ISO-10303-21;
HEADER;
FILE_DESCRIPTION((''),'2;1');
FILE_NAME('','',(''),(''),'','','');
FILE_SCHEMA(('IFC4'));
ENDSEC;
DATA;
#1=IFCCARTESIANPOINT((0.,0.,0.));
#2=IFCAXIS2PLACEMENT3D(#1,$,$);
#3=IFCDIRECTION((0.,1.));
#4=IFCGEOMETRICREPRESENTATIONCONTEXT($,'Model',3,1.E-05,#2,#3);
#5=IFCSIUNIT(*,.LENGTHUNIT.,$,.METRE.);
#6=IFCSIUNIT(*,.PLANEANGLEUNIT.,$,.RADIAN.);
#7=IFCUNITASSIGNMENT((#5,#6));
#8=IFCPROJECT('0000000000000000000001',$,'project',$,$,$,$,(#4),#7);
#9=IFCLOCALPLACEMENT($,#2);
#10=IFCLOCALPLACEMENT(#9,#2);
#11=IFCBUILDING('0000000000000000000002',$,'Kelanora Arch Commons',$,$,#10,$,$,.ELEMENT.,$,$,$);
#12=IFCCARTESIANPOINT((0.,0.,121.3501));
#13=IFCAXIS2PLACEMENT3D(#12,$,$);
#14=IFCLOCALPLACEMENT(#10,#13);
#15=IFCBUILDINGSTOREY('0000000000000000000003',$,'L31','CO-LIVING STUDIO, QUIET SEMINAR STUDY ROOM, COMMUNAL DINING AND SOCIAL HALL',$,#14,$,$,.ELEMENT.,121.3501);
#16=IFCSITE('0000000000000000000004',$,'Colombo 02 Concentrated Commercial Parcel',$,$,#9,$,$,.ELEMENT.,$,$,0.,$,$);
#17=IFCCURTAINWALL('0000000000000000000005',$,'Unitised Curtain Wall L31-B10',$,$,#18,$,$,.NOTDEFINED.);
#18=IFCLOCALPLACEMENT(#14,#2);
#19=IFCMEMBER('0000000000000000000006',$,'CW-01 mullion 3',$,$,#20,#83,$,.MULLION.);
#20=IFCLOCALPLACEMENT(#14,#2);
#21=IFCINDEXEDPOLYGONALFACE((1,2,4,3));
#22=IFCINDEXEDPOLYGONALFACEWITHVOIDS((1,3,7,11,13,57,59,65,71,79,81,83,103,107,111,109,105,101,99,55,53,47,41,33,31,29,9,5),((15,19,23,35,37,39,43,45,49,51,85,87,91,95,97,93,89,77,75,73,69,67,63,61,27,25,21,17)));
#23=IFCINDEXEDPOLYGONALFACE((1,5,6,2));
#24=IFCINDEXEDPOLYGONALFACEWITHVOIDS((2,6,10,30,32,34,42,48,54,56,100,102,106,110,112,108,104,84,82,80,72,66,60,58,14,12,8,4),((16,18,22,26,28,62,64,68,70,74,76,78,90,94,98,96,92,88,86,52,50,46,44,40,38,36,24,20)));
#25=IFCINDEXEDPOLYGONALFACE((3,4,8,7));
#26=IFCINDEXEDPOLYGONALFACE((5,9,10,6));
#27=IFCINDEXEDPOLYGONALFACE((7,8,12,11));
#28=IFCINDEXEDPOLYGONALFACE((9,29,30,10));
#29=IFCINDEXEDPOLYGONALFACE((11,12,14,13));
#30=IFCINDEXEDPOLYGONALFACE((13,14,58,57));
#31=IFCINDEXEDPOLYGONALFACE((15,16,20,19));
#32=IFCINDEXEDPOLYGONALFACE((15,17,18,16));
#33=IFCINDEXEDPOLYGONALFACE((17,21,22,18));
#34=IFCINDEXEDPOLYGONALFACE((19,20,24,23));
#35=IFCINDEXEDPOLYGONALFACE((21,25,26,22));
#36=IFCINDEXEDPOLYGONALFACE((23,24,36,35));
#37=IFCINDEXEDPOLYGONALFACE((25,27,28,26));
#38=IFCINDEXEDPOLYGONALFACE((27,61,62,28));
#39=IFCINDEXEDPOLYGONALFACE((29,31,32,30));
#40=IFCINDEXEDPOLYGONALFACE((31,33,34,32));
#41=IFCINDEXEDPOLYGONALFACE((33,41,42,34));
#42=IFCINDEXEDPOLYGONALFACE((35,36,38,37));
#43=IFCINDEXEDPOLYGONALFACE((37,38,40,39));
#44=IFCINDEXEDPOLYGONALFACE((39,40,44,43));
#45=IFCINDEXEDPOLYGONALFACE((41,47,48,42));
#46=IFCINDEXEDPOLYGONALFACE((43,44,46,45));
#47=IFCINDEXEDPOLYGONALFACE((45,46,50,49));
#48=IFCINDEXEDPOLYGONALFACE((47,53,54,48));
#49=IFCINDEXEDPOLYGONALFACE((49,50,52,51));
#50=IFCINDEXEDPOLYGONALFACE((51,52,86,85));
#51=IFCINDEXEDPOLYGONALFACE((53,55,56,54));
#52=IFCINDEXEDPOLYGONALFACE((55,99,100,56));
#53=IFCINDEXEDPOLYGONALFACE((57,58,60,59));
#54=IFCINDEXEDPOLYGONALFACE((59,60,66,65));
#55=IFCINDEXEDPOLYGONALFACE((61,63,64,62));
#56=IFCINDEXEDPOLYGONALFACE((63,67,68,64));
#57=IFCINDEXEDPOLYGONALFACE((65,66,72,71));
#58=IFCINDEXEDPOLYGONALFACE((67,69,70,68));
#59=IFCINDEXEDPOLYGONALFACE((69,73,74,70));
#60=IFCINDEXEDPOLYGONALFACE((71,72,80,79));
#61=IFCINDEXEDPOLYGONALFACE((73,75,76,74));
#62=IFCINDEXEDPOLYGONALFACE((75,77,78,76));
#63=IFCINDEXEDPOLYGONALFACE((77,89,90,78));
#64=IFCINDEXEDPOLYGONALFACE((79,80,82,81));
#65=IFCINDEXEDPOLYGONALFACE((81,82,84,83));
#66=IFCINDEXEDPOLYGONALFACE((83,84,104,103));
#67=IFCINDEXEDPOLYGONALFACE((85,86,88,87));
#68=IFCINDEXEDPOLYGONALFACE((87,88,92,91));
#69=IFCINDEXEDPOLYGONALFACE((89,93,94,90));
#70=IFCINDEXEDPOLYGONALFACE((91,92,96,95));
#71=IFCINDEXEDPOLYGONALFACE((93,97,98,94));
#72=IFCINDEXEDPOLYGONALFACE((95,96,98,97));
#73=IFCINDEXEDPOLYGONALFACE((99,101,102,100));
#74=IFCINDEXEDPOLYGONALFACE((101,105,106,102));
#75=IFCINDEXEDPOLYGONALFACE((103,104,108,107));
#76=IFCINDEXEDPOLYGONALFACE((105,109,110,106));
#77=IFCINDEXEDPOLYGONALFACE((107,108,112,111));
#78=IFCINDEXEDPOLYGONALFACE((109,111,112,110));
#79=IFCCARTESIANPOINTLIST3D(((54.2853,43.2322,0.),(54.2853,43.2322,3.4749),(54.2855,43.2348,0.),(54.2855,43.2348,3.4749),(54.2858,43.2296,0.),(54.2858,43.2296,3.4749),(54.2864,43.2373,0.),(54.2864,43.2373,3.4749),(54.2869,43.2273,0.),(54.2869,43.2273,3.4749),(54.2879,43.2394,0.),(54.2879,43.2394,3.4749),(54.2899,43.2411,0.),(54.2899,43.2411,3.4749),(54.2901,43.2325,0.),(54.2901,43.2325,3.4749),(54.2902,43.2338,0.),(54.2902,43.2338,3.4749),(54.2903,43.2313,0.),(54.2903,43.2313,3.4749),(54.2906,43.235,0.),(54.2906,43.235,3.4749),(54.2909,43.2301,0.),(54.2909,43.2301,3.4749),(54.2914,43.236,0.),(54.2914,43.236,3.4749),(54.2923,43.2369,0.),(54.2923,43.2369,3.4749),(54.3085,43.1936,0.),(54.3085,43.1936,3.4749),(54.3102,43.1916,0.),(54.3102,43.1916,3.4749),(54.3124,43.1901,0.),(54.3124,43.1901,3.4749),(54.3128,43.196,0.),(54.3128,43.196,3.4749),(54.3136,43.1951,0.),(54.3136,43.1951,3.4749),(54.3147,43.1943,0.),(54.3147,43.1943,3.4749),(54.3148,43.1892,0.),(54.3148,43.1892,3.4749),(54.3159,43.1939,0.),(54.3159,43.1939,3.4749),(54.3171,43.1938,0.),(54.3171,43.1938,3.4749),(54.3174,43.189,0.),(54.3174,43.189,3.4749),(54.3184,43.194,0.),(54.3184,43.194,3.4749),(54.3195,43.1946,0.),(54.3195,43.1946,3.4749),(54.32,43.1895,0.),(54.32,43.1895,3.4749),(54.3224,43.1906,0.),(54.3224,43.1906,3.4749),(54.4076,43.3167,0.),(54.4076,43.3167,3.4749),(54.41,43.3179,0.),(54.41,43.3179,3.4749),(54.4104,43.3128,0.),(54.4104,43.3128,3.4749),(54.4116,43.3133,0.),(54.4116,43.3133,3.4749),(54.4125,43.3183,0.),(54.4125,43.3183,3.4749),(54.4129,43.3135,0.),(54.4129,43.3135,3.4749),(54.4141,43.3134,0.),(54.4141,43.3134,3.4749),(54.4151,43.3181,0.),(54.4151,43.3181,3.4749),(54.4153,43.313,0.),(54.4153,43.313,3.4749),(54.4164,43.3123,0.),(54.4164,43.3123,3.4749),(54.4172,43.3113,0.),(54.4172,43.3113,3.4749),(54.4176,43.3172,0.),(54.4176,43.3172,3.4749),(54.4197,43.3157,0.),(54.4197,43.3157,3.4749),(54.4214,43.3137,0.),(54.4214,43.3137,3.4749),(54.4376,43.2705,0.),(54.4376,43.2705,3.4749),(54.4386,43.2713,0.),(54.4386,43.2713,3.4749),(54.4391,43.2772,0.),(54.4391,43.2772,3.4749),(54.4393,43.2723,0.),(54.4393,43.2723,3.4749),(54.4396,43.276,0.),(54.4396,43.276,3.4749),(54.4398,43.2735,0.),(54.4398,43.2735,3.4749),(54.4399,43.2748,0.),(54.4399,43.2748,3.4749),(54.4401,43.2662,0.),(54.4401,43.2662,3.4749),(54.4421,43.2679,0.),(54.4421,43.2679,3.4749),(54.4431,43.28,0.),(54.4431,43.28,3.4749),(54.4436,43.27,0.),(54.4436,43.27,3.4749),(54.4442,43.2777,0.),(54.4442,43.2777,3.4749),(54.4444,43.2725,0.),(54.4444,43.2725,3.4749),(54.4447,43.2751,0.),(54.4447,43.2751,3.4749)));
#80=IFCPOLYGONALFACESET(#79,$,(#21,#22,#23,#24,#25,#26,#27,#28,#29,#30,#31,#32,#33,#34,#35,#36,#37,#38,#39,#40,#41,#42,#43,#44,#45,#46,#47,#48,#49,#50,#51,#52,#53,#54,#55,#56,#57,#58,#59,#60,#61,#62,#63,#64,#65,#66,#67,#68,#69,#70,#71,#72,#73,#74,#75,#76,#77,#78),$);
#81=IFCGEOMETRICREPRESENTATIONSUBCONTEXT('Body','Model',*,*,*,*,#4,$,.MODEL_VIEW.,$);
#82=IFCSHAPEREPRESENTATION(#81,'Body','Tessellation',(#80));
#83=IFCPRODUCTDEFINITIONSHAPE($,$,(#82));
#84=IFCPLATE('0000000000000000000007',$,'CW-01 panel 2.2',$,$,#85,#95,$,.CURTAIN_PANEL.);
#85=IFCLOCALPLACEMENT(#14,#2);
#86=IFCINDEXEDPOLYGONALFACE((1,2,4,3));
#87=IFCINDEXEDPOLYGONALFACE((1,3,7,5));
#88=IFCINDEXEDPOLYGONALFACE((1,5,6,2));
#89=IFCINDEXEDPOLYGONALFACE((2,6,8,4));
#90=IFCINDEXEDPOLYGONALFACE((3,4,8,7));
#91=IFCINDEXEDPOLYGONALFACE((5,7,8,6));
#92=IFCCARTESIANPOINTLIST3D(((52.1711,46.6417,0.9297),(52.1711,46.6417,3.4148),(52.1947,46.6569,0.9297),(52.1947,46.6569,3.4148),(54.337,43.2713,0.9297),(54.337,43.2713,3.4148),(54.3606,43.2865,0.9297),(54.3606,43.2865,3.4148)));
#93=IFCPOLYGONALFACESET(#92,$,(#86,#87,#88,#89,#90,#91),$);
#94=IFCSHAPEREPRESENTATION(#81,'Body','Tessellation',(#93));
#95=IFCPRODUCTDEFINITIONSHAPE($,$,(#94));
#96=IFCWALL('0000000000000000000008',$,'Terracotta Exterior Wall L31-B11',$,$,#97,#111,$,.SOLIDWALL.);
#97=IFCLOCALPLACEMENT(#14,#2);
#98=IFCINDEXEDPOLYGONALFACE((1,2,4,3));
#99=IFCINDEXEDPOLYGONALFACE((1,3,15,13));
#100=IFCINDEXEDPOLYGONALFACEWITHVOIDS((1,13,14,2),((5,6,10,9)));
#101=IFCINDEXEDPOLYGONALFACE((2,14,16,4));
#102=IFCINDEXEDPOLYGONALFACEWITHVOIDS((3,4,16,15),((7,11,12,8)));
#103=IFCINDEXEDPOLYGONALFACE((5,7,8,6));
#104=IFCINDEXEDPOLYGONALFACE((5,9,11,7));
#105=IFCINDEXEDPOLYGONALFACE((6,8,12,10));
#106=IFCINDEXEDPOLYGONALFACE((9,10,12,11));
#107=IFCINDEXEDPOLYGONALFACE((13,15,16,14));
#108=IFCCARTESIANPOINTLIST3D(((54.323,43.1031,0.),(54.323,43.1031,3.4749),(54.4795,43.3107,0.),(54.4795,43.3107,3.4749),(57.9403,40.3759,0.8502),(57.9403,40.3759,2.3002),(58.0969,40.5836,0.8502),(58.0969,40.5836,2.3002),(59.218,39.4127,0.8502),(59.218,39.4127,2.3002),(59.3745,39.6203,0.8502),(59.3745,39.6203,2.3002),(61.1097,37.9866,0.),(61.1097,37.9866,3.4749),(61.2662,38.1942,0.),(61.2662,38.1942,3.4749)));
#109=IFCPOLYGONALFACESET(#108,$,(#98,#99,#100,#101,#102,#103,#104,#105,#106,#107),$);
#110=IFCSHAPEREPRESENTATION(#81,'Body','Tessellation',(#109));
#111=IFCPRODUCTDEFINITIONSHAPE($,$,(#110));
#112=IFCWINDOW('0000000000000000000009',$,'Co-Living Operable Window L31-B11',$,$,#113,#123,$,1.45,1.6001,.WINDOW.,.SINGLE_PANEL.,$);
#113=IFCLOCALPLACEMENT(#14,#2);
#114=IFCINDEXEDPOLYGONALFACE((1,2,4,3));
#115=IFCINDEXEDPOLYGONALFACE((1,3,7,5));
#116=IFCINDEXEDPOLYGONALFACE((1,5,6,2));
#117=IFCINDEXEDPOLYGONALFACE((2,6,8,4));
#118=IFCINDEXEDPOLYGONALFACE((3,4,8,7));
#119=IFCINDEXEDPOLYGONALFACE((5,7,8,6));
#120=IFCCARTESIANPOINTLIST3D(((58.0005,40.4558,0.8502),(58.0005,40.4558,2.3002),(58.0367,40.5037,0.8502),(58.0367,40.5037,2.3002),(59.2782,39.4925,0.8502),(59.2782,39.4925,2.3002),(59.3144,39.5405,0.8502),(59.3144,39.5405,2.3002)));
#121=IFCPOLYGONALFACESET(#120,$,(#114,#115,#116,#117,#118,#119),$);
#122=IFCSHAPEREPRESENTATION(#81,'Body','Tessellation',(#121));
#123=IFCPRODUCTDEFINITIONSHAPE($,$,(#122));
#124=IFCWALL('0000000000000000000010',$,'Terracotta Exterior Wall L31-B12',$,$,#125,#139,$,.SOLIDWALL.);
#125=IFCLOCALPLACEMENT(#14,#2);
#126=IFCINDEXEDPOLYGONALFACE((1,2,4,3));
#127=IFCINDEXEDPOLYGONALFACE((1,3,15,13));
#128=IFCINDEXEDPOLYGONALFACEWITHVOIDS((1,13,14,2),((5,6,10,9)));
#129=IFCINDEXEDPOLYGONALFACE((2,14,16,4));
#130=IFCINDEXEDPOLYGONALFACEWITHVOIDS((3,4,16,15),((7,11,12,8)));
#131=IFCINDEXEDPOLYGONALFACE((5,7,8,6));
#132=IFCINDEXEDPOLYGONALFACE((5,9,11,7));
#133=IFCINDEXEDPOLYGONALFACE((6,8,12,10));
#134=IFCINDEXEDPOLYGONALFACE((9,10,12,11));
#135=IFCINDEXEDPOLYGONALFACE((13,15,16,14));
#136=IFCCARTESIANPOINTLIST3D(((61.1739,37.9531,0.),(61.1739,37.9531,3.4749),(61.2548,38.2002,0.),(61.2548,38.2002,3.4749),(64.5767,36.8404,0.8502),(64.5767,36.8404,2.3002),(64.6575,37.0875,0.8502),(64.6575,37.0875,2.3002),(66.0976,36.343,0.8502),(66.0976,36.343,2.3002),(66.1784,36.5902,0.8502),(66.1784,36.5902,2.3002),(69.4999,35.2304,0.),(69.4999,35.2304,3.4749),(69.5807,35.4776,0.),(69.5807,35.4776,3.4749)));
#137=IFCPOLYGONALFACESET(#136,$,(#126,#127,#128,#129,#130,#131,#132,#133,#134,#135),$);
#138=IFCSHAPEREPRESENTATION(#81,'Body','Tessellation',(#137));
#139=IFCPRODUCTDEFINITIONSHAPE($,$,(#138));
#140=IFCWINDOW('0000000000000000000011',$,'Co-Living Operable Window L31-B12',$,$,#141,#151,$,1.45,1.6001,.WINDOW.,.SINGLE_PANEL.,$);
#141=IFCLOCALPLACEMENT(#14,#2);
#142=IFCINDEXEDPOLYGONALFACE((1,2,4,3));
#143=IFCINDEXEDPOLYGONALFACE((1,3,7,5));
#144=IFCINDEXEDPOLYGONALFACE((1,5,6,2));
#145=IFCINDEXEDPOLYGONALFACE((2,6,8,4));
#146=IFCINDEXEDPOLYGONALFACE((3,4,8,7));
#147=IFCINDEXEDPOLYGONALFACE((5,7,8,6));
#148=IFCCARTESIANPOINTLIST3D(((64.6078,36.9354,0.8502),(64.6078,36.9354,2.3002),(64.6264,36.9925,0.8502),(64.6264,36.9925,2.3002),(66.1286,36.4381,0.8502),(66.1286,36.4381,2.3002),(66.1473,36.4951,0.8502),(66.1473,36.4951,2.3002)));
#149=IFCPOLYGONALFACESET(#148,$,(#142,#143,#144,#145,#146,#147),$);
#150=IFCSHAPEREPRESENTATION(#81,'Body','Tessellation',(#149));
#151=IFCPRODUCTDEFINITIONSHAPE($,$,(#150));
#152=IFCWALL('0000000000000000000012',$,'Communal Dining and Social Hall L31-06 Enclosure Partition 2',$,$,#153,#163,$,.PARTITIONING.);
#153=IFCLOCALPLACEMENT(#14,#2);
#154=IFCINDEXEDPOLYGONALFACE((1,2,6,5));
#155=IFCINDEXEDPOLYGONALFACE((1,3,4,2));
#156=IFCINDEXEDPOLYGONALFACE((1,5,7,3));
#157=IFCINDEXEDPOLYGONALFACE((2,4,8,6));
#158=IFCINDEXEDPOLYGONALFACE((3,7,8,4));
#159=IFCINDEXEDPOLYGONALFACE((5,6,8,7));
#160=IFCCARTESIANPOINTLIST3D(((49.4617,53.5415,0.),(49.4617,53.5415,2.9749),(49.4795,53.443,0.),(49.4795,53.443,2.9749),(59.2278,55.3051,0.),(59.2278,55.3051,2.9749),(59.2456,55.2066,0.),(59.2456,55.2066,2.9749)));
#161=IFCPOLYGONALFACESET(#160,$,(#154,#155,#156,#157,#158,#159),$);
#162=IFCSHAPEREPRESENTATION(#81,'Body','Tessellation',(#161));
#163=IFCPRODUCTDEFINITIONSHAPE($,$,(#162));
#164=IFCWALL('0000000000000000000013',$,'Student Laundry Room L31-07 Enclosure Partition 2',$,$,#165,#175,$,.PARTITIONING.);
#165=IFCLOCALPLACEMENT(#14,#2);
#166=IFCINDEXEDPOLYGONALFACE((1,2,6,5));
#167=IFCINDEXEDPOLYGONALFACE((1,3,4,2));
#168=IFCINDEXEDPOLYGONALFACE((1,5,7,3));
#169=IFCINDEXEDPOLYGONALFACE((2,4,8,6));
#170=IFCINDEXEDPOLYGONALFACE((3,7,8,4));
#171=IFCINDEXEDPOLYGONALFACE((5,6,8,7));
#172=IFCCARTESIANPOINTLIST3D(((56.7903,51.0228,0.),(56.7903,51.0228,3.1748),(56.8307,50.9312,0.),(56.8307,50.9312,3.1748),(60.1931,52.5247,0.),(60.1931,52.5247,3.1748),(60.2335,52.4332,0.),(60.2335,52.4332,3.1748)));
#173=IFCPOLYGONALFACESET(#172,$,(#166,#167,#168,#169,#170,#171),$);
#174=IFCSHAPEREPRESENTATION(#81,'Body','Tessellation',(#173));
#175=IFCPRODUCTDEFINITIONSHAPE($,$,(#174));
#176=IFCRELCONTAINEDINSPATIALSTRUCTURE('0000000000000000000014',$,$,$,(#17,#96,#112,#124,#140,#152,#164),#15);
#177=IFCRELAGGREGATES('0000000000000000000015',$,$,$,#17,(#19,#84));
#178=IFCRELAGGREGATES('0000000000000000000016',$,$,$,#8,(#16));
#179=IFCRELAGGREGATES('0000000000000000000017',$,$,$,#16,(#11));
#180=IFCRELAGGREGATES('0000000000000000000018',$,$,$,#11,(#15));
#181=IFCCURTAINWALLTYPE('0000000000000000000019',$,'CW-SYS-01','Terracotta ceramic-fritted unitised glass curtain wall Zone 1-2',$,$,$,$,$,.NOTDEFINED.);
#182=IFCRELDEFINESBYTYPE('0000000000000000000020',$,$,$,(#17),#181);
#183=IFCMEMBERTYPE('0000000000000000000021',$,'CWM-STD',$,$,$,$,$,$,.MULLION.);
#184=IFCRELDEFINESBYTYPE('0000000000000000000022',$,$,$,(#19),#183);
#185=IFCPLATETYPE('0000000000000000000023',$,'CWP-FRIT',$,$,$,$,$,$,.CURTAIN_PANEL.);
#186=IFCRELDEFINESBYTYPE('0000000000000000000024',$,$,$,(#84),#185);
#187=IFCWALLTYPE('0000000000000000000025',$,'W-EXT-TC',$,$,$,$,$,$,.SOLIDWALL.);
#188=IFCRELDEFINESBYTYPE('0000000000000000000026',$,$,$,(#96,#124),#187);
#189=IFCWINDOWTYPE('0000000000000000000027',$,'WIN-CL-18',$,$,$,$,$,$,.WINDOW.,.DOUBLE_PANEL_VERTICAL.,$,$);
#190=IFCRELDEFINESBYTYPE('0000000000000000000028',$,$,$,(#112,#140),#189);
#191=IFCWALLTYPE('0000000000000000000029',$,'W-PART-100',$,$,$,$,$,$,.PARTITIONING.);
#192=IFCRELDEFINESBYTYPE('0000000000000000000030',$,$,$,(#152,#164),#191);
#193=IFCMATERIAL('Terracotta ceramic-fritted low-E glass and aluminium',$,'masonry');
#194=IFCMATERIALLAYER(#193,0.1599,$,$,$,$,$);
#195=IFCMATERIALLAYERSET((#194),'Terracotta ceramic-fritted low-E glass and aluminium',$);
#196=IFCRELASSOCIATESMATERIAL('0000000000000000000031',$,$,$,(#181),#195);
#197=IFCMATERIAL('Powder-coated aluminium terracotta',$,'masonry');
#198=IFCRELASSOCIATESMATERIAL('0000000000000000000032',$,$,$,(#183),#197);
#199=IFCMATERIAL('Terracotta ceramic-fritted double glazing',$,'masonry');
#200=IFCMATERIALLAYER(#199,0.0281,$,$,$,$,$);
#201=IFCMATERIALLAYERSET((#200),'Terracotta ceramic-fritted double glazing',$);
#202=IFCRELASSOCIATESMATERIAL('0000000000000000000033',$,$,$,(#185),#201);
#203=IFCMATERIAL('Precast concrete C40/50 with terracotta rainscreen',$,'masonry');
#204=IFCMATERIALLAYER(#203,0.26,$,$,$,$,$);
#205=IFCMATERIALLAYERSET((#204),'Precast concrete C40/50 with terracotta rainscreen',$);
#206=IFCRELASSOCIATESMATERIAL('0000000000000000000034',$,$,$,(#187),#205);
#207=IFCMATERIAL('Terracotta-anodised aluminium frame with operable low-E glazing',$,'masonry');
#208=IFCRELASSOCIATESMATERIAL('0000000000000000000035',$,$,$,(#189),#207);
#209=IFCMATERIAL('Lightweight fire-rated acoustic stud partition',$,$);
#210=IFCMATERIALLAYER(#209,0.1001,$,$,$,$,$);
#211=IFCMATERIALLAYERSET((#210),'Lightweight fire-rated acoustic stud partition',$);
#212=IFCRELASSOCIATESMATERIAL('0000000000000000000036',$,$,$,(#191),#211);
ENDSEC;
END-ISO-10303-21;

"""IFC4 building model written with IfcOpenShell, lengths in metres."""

from ifc_helpers import new_model, si_unit, direction, frame, frame_2d, origin, origin_2d, place, context, subcontext, project, spatial, rectangle, hollow_rectangle, extrude, source, transform, mapped, material, layer, layer_set, material_profile, profile_set, type_object, element, fill, aggregate, save


model = new_model("IFC4")

# Units and contexts
model_context = context("Model", 3, precision=1e-05, world=origin(), true_north=direction((0.0, 1.0)))
body_context = subcontext(model_context, "Body", "Model", "MODEL_VIEW")
ifc_project = project(units=[si_unit("LENGTHUNIT", "METRE"), si_unit("PLANEANGLEUNIT", "RADIAN")], contexts=[model_context])

# Site, building, storey
site_placement = place(None, origin())
site = spatial("IfcSite", under=ifc_project, at=site_placement, Name="Colombo 02 Concentrated Commercial Parcel", CompositionType="ELEMENT", RefElevation=0.0)
building_placement = place(site_placement, origin())
building = spatial("IfcBuilding", under=site, at=building_placement, Name="Kelanora Arch Commons", CompositionType="ELEMENT")
storey_placement = place(building_placement, frame((0.0, 0.0, 121.3501)))
storey = spatial("IfcBuildingStorey", under=building, at=storey_placement, Name="L31", Description="CO-LIVING STUDIO, QUIET SEMINAR STUDY ROOM, COMMUNAL DINING AND SOCIAL HALL", CompositionType="ELEMENT", Elevation=121.3501)

# Curtain wall, member, plate
ifc_material_1 = material(Name="Terracotta ceramic-fritted low-E glass and aluminium", Category="masonry")
ifc_layer_1 = layer(ifc_material_1, 0.1599)
ifc_layer_set_1 = layer_set([ifc_layer_1], Name="Terracotta ceramic-fritted low-E glass and aluminium")
curtain_wall_type = type_object("IfcCurtainWallType", Name="CW-SYS-01", Description="Terracotta ceramic-fritted unitised glass curtain wall Zone 1-2", PredefinedType="NOTDEFINED", material=ifc_layer_set_1)
curtain_wall_placement = place(storey_placement, origin())
curtain_wall = element("IfcCurtainWall", 1, at=curtain_wall_placement, inside=storey, type_object=curtain_wall_type, Name="Unitised Curtain Wall L31-B10", PredefinedType="NOTDEFINED")
ifc_material_2 = material(Name="Powder-coated aluminium terracotta", Category="masonry")
ifc_material_profile_1 = material_profile(ifc_material_2, hollow_rectangle(XDim=0.1599, YDim=0.0601, WallThickness=0.0049, InnerFilletRadius=0.0049, OuterFilletRadius=0.01, at=origin_2d()), Name="CWM160x60")
ifc_profile_set_1 = profile_set([ifc_material_profile_1], Name="Powder-coated aluminium terracotta")
member_type = type_object("IfcMemberType", Name="CWM-STD", PredefinedType="MULLION", material=ifc_profile_set_1)
member_placement = place(storey_placement, frame((54.365, 43.2537, 0.0), z_axis=(0.0, 0.0, 1.0), x_axis=(0.841269, 0.540617, 0.0)))
member = element("IfcMember", 2, at=member_placement, type_object=member_type, Name="CW-01 mullion 3", PredefinedType="MULLION", context=body_context, shape_type="SweptSolid", body=[
    extrude(hollow_rectangle(XDim=0.1599, YDim=0.0601, WallThickness=0.0049, InnerFilletRadius=0.0049, OuterFilletRadius=0.01, at=origin_2d()), origin(), (0.0, 0.0, 1.0), 3.4749),
])
ifc_material_3 = material(Name="Terracotta ceramic-fritted double glazing", Category="masonry")
ifc_layer_2 = layer(ifc_material_3, 0.0281)
ifc_layer_set_2 = layer_set([ifc_layer_2], Name="Terracotta ceramic-fritted double glazing")
plate_type = type_object("IfcPlateType", Name="CWP-FRIT", PredefinedType="CURTAIN_PANEL", material=ifc_layer_set_2)
shared_shape_1 = source(origin(), body_context, "Body", "SweptSolid", [
    extrude(rectangle(XDim=4.0063, YDim=0.0281, at=origin_2d()), origin(), (0.0, 0.0, 1.0), 2.4851),
])
plate_placement = place(storey_placement, frame((53.2659, 44.9641, 0.9297), z_axis=(0.0, 0.0, 1.0), x_axis=(0.540617, -0.841269, 0.0)))
plate = element("IfcPlate", 3, at=plate_placement, type_object=plate_type, Name="CW-01 panel 2.2", PredefinedType="CURTAIN_PANEL", context=body_context, shape_type="MappedRepresentation", body=[
    mapped(shared_shape_1, transform((0.0, 0.0, 0.0), scale=1.0)),
])
aggregate(curtain_wall, [member, plate])

# Walls, openings, windows
ifc_material_4 = material(Name="Precast concrete C40/50 with terracotta rainscreen", Category="masonry")
ifc_layer_3 = layer(ifc_material_4, 0.26)
ifc_layer_set_3 = layer_set([ifc_layer_3], Name="Precast concrete C40/50 with terracotta rainscreen")
wall_type_1 = type_object("IfcWallType", Name="W-EXT-TC", PredefinedType="SOLIDWALL", material=ifc_layer_set_3)
wall_1_placement = place(storey_placement, frame((54.4014, 43.2068, 0.0), z_axis=(0.0, 0.0, 1.0), x_axis=(0.798502, -0.601993, 0.0)))
wall_1 = element("IfcWall", 4, at=wall_1_placement, inside=storey, type_object=wall_type_1, Name="Terracotta Exterior Wall L31-B11", PredefinedType="SOLIDWALL", context=body_context, shape_type="SweptSolid", body=[
    extrude(rectangle(XDim=8.4993, YDim=0.26, at=frame_2d((4.2495, 0.0))), origin(), (0.0, 0.0, 1.0), 3.4749),
])
opening_1_placement = place(wall_1_placement, frame((4.53, 0.0, 0.8501)))
opening_1 = element("IfcOpeningElement", 5, at=opening_1_placement, cuts=wall_1, PredefinedType="OPENING", context=body_context, shape_type="SweptSolid", body=[
    extrude(rectangle(XDim=1.6001, YDim=1.45, at=frame_2d((0.8, 0.7251))), frame((0.0, 0.1401, 0.0), z_axis=(0.0, -1.0, 0.0), x_axis=(1.0, 0.0, 0.0)), (0.0, 0.0, 1.0), 0.28),
])
ifc_material_5 = material(Name="Terracotta-anodised aluminium frame with operable low-E glazing", Category="masonry")
window_type = type_object("IfcWindowType", Name="WIN-CL-18", PartitioningType="DOUBLE_PANEL_VERTICAL", PredefinedType="WINDOW", material=ifc_material_5)
window_1_placement = place(opening_1_placement, origin())
window_1 = element("IfcWindow", 6, at=window_1_placement, inside=storey, type_object=window_type, Name="Co-Living Operable Window L31-B11", OverallHeight=1.45, OverallWidth=1.6001, PartitioningType="SINGLE_PANEL", PredefinedType="WINDOW", context=body_context, shape_type="SweptSolid", body=[
    extrude(rectangle(XDim=1.6001, YDim=1.45, at=frame_2d((0.8, 0.7251))), frame((0.0, 0.03, 0.0), z_axis=(0.0, -1.0, 0.0), x_axis=(1.0, 0.0, 0.0)), (0.0, 0.0, 1.0), 0.0601),
])
fill(opening_1, window_1)
wall_2_placement = place(storey_placement, frame((61.2144, 38.0767, 0.0), z_axis=(0.0, 0.0, 1.0), x_axis=(0.950471, -0.310813, 0.0)))
wall_2 = element("IfcWall", 7, at=wall_2_placement, inside=storey, type_object=wall_type_1, Name="Terracotta Exterior Wall L31-B12", PredefinedType="SOLIDWALL", context=body_context, shape_type="SweptSolid", body=[
    extrude(rectangle(XDim=8.7598, YDim=0.26, at=frame_2d((4.3799, 0.0))), origin(), (0.0, 0.0, 1.0), 3.4749),
])
opening_2_placement = place(wall_2_placement, frame((3.5801, 0.0, 0.8501)))
opening_2 = element("IfcOpeningElement", 8, at=opening_2_placement, cuts=wall_2, PredefinedType="OPENING", context=body_context, shape_type="SweptSolid", body=[
    extrude(rectangle(XDim=1.6001, YDim=1.45, at=frame_2d((0.8, 0.7251))), frame((0.0, 0.1401, 0.0), z_axis=(0.0, -1.0, 0.0), x_axis=(1.0, 0.0, 0.0)), (0.0, 0.0, 1.0), 0.28),
])
window_2_placement = place(opening_2_placement, origin())
window_2 = element("IfcWindow", 9, at=window_2_placement, inside=storey, type_object=window_type, Name="Co-Living Operable Window L31-B12", OverallHeight=1.45, OverallWidth=1.6001, PartitioningType="SINGLE_PANEL", PredefinedType="WINDOW", context=body_context, shape_type="SweptSolid", body=[
    extrude(rectangle(XDim=1.6001, YDim=1.45, at=frame_2d((0.8, 0.7251))), frame((0.0, 0.03, 0.0), z_axis=(0.0, -1.0, 0.0), x_axis=(1.0, 0.0, 0.0)), (0.0, 0.0, 1.0), 0.0601),
])
fill(opening_2, window_2)

# Walls
ifc_material_6 = material(Name="Lightweight fire-rated acoustic stud partition")
ifc_layer_4 = layer(ifc_material_6, 0.1001)
ifc_layer_set_4 = layer_set([ifc_layer_4], Name="Lightweight fire-rated acoustic stud partition")
wall_type_2 = type_object("IfcWallType", Name="W-PART-100", PredefinedType="PARTITIONING", material=ifc_layer_set_4)
wall_3_placement = place(storey_placement, frame((59.2366, 55.2559, 0.0), z_axis=(0.0, 0.0, 1.0), x_axis=(-0.984082, -0.177716, 0.0)))
element("IfcWall", 10, at=wall_3_placement, inside=storey, type_object=wall_type_2, Name="Communal Dining and Social Hall L31-06 Enclosure Partition 2", PredefinedType="PARTITIONING", context=body_context, shape_type="SweptSolid", body=[
    extrude(rectangle(XDim=9.9241, YDim=0.1001, at=frame_2d((4.9619, 0.0))), origin(), (0.0, 0.0, 1.0), 2.9749),
])
wall_4_placement = place(storey_placement, frame((60.2134, 52.479, 0.0), z_axis=(0.0, 0.0, 1.0), x_axis=(-0.914848, -0.403799, 0.0)))
element("IfcWall", 11, at=wall_4_placement, inside=storey, type_object=wall_type_2, Name="Student Laundry Room L31-07 Enclosure Partition 2", PredefinedType="PARTITIONING", context=body_context, shape_type="SweptSolid", body=[
    extrude(rectangle(XDim=3.7195, YDim=0.1001, at=frame_2d((1.8599, 0.0))), origin(), (0.0, 0.0, 1.0), 3.1748),
])

save(model, "model.ifc")
